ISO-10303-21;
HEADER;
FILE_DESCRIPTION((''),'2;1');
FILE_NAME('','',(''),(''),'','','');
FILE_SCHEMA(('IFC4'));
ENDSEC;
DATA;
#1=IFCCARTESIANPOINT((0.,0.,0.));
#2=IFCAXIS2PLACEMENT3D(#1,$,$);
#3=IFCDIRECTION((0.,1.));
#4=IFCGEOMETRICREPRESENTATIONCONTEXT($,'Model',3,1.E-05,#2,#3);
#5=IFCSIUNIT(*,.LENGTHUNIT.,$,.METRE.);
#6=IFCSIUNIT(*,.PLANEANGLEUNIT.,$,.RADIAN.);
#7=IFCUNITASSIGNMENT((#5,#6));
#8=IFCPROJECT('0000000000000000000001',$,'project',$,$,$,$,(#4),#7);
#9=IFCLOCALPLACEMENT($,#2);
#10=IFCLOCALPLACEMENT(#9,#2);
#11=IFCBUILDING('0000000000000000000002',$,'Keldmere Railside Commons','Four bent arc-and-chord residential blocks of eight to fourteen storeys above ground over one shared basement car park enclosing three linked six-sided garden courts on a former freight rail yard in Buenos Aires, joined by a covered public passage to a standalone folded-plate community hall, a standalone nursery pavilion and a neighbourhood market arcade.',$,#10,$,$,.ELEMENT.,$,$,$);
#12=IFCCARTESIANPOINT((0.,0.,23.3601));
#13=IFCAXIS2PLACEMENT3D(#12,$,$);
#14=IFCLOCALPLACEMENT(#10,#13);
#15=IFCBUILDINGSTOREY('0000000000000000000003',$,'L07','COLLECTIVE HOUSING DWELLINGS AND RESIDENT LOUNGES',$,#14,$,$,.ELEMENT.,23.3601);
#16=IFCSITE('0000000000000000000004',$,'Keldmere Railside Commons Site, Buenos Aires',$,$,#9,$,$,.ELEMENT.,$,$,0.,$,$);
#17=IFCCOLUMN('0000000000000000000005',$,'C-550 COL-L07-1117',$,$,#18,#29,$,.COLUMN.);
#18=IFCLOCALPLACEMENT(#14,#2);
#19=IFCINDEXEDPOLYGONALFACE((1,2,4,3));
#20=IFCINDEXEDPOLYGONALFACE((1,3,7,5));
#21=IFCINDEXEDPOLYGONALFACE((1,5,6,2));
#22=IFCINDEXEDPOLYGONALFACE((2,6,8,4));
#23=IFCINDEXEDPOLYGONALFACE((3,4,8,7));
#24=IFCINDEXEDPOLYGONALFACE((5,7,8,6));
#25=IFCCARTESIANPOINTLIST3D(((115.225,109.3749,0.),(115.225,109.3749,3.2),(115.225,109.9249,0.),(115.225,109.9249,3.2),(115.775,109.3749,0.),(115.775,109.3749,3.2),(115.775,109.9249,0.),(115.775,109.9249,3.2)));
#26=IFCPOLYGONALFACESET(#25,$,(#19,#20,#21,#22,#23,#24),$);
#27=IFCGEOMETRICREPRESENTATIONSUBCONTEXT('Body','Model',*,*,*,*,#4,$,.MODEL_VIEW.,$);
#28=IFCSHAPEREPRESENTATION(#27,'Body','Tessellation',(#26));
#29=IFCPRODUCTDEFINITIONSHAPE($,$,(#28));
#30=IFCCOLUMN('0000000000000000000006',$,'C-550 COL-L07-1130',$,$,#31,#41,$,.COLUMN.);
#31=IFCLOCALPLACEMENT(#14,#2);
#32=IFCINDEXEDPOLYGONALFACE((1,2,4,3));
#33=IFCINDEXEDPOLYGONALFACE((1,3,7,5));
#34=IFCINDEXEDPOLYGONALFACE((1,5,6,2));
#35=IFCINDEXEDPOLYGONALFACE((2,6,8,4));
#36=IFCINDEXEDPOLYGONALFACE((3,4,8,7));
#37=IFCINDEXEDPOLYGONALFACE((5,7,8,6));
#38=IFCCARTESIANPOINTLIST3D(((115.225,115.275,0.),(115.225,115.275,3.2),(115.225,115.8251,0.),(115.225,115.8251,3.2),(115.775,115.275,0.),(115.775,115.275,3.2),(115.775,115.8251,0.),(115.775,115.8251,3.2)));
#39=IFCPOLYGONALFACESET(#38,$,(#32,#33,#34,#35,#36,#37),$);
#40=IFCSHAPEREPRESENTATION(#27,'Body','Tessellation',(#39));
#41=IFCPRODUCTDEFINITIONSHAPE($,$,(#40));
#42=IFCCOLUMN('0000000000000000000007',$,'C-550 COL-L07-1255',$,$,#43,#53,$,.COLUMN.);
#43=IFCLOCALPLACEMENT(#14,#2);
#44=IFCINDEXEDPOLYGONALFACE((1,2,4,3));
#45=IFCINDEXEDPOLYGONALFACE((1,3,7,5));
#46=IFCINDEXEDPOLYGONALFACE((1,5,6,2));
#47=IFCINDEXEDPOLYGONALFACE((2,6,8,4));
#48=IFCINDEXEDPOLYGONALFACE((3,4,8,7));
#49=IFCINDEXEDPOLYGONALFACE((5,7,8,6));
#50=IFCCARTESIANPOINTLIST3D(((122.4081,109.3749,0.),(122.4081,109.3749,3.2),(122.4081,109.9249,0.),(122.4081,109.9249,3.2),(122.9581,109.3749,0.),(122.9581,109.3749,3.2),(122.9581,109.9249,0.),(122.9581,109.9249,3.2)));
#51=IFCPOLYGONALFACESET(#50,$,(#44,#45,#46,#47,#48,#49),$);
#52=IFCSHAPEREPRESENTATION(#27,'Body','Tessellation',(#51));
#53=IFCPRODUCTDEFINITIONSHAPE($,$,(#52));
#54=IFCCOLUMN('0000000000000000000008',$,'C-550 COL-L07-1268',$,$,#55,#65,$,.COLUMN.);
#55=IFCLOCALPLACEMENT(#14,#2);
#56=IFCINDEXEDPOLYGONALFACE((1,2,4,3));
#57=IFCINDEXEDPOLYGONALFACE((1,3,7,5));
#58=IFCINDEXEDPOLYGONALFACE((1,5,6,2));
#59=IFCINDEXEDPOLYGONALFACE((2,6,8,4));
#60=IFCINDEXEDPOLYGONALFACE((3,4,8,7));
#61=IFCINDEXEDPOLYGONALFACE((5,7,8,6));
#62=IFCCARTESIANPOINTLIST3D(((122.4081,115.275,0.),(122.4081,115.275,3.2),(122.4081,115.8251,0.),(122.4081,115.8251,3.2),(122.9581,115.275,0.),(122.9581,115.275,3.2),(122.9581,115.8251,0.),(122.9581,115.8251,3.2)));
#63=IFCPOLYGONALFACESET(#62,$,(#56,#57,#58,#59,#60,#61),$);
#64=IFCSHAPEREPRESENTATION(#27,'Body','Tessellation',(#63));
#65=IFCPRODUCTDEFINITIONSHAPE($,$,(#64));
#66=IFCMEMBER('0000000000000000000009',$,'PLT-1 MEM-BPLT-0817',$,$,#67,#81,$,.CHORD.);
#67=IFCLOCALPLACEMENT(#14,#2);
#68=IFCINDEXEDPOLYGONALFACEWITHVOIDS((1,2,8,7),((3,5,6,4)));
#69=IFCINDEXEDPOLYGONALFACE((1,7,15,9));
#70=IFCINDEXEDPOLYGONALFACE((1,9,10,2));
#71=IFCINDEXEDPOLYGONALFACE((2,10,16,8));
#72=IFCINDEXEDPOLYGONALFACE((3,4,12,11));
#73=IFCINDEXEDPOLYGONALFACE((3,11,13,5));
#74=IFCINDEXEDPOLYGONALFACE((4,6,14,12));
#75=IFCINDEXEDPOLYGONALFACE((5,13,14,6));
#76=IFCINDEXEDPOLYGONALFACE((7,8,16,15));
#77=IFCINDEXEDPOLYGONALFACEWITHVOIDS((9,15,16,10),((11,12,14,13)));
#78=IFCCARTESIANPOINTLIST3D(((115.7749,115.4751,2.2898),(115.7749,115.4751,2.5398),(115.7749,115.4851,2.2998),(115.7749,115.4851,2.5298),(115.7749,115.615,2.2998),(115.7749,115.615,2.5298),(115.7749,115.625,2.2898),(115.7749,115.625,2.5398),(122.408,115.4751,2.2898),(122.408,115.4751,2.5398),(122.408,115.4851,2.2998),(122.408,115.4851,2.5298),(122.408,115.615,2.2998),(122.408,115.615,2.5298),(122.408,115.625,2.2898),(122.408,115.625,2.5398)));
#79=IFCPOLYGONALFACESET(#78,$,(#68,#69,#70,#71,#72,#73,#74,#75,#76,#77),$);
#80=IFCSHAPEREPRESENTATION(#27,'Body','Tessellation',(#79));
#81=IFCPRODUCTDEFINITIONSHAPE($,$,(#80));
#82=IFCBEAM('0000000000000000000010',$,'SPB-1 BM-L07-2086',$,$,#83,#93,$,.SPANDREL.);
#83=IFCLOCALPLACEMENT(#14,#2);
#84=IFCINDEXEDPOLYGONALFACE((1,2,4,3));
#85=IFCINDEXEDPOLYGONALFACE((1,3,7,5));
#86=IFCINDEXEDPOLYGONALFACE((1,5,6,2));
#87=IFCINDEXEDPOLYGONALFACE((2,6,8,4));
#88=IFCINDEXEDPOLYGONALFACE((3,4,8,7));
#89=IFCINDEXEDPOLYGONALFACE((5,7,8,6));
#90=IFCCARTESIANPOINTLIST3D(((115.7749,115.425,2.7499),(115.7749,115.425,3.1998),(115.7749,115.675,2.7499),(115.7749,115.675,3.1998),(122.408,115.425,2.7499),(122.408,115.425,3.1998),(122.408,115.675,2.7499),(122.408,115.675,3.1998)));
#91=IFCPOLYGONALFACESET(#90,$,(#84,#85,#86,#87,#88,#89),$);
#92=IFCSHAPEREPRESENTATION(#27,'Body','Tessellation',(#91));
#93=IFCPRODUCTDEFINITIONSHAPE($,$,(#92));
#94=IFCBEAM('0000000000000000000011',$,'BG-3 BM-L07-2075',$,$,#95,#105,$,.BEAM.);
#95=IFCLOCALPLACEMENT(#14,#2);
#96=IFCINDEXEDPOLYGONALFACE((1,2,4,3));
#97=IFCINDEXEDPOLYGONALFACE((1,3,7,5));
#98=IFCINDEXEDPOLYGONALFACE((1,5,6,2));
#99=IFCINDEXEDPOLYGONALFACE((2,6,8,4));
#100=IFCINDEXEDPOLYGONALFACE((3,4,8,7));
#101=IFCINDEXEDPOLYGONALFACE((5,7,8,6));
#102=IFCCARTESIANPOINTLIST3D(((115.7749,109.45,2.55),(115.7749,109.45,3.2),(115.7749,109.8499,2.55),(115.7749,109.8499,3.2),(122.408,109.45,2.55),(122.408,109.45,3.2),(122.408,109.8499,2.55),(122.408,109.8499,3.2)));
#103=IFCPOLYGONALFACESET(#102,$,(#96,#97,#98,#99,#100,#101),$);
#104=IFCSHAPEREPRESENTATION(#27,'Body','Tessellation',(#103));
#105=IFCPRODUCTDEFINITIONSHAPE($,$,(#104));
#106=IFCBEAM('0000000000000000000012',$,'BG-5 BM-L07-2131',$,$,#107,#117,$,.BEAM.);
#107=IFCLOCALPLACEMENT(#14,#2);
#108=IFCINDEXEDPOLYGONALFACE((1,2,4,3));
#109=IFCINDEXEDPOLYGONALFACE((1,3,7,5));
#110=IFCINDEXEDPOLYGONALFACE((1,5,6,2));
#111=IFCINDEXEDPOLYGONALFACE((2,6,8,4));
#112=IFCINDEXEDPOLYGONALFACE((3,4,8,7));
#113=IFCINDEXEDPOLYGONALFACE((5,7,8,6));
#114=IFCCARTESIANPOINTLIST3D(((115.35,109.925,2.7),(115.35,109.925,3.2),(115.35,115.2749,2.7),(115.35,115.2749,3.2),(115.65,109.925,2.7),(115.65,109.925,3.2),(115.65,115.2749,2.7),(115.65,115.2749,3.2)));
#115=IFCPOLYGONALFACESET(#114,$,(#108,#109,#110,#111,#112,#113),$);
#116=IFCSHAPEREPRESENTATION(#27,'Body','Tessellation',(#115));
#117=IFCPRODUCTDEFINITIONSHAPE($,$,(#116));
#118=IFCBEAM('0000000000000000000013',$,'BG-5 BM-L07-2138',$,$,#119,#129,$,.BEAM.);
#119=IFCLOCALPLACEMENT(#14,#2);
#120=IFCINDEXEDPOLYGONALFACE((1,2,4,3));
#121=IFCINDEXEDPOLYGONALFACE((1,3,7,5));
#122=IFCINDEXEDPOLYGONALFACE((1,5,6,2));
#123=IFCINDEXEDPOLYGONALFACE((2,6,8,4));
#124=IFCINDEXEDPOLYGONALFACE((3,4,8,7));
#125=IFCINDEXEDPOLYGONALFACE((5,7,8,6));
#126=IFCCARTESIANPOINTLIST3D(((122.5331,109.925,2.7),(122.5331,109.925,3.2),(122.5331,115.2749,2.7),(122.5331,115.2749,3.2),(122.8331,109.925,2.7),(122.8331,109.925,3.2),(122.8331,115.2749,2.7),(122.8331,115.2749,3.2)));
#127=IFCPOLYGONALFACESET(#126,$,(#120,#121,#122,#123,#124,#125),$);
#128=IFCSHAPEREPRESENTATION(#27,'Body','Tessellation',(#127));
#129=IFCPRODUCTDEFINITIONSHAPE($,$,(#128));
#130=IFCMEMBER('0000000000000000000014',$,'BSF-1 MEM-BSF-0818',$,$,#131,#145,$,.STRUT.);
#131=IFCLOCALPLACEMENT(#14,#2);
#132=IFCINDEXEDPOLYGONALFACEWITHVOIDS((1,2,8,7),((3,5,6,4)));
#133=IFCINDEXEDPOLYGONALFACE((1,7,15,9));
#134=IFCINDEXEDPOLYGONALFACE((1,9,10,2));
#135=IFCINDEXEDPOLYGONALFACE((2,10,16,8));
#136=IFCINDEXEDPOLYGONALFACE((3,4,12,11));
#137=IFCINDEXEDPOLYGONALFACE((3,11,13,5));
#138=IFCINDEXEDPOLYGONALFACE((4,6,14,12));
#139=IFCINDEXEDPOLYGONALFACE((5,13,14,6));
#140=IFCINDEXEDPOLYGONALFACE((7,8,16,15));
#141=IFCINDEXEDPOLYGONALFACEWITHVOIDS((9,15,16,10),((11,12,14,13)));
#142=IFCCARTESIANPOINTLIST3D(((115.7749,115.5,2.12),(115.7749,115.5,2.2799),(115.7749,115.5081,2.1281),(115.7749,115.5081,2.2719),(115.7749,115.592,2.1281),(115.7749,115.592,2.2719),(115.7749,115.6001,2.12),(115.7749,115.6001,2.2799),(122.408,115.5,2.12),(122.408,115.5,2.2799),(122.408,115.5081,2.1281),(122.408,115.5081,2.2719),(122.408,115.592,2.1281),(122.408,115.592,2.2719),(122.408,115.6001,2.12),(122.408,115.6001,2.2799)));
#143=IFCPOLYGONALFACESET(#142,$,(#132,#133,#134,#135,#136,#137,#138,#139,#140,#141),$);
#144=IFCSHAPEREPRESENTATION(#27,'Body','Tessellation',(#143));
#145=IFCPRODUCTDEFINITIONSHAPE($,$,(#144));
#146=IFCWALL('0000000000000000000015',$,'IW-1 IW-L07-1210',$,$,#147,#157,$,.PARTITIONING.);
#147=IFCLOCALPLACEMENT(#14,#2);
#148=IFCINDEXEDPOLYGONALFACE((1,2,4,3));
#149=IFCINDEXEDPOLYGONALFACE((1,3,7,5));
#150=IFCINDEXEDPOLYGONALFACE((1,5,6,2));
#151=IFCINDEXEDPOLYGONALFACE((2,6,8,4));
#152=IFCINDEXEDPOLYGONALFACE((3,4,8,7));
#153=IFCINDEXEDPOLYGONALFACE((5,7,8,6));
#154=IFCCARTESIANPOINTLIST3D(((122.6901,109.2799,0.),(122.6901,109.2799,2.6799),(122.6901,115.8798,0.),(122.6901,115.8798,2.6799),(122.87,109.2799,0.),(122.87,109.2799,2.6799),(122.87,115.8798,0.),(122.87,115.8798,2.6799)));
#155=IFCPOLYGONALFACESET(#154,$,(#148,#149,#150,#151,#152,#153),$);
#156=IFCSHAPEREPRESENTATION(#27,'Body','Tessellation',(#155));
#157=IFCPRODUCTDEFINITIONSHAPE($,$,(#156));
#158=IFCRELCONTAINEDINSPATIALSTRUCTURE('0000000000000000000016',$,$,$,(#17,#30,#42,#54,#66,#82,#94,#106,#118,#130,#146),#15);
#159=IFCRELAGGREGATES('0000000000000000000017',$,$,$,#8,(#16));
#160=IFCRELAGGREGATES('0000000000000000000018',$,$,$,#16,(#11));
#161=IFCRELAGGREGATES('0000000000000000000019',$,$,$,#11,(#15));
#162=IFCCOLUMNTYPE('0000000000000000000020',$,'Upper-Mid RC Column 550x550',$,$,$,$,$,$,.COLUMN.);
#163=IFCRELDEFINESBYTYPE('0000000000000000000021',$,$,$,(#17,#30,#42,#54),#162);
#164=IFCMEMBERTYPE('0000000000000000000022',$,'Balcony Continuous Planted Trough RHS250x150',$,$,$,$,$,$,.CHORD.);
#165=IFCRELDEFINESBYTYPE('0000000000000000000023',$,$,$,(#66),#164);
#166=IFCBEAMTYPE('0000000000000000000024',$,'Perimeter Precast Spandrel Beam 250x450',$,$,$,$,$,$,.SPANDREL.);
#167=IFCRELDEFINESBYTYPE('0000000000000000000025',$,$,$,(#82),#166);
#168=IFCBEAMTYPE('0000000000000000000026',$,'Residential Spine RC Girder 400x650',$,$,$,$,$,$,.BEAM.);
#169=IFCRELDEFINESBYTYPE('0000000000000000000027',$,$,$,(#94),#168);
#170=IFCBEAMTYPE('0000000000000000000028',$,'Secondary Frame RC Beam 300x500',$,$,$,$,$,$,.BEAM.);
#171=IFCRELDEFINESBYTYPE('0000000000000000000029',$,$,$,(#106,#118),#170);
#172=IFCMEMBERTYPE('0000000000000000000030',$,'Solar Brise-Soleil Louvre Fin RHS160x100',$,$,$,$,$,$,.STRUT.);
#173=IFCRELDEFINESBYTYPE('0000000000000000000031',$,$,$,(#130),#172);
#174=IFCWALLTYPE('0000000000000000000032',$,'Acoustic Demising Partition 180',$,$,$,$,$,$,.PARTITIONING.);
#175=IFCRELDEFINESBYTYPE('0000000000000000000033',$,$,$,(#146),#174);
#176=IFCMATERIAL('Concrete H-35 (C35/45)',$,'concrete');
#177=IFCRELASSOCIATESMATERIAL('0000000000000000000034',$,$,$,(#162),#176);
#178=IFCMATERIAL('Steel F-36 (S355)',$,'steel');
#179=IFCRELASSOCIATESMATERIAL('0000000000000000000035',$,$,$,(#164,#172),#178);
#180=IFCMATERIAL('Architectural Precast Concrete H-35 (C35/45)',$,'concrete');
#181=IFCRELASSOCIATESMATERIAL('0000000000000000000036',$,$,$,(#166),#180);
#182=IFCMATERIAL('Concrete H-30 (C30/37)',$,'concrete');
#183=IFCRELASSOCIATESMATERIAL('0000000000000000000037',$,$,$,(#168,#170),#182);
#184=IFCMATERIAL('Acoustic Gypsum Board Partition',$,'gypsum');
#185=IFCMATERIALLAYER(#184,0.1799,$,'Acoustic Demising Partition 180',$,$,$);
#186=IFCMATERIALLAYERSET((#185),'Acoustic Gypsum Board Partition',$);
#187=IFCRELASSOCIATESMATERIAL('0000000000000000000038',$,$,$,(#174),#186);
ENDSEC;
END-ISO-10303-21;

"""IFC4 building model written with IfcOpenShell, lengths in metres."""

from ifc_helpers import new_model, si_unit, direction, frame, frame_2d, origin, origin_2d, place, context, subcontext, project, spatial, rectangle, hollow_rectangle, extrude, material, layer, layer_set, material_profile, profile_set, type_object, element, save


model = new_model("IFC4")

# Units and contexts
model_context = context("Model", 3, precision=1e-05, world=origin(), true_north=direction((0.0, 1.0)))
body_context = subcontext(model_context, "Body", "Model", "MODEL_VIEW")
ifc_project = project(units=[si_unit("LENGTHUNIT", "METRE"), si_unit("PLANEANGLEUNIT", "RADIAN")], contexts=[model_context])

# Site, building, storey
site_placement = place(None, origin())
site = spatial("IfcSite", under=ifc_project, at=site_placement, Name="Keldmere Railside Commons Site, Buenos Aires", CompositionType="ELEMENT", RefElevation=0.0)
building_placement = place(site_placement, origin())
building = spatial("IfcBuilding", under=site, at=building_placement, Name="Keldmere Railside Commons", Description="Four bent arc-and-chord residential blocks of eight to fourteen storeys above ground over one shared basement car park enclosing three linked six-sided garden courts on a former freight rail yard in Buenos Aires, joined by a covered public passage to a standalone folded-plate community hall, a standalone nursery pavilion and a neighbourhood market arcade.", CompositionType="ELEMENT")
storey_placement = place(building_placement, frame((0.0, 0.0, 23.3601)))
storey = spatial("IfcBuildingStorey", under=building, at=storey_placement, Name="L07", Description="COLLECTIVE HOUSING DWELLINGS AND RESIDENT LOUNGES", CompositionType="ELEMENT", Elevation=23.3601)

# Columns
ifc_material_1 = material(Name="Concrete H-35 (C35/45)", Category="concrete")
ifc_material_profile_1 = material_profile(ifc_material_1, rectangle(XDim=0.55, YDim=0.55, at=origin_2d()), Name="RC-550x550")
ifc_profile_set_1 = profile_set([ifc_material_profile_1], Name="Concrete H-35 (C35/45)")
column_type = type_object("IfcColumnType", Name="Upper-Mid RC Column 550x550", PredefinedType="COLUMN", material=ifc_profile_set_1)
for number, where, z_axis, x_axis, name in (
    (1, (115.5, 109.6499, 0.0), (0.0, 0.0, 1.0), (1.0, 0.0, 0.0), "C-550 COL-L07-1117"),
    (2, (115.5, 115.55, 0.0), (0.0, 0.0, 1.0), (1.0, 0.0, 0.0), "C-550 COL-L07-1130"),
    (3, (122.6831, 109.6499, 0.0), (0.0, 0.0, 1.0), (1.0, 0.0, 0.0), "C-550 COL-L07-1255"),
    (4, (122.6831, 115.55, 0.0), (0.0, 0.0, 1.0), (1.0, 0.0, 0.0), "C-550 COL-L07-1268"),
):
    element("IfcColumn", number, at=place(storey_placement, frame(where, z_axis=z_axis, x_axis=x_axis)), inside=storey, type_object=column_type, Name=name, PredefinedType="COLUMN", context=body_context, shape_type="SweptSolid", body=[
        extrude(rectangle(XDim=0.55, YDim=0.55, at=origin_2d()), origin(), (0.0, 0.0, 1.0), 3.2),
    ])

# Member
ifc_material_2 = material(Name="Steel F-36 (S355)", Category="steel")
ifc_material_profile_2 = material_profile(ifc_material_2, hollow_rectangle(XDim=0.1499, YDim=0.25, WallThickness=0.01, at=origin_2d()), Name="RHS-250x150x10")
ifc_profile_set_2 = profile_set([ifc_material_profile_2], Name="Steel F-36 (S355)")
member_type_1 = type_object("IfcMemberType", Name="Balcony Continuous Planted Trough RHS250x150", PredefinedType="CHORD", material=ifc_profile_set_2)
member_1_placement = place(storey_placement, frame((115.7749, 115.55, 2.4148), z_axis=(1.0, 0.0, 0.0), x_axis=(0.0, 1.0, 0.0)))
element("IfcMember", 5, at=member_1_placement, inside=storey, type_object=member_type_1, Name="PLT-1 MEM-BPLT-0817", PredefinedType="CHORD", context=body_context, shape_type="SweptSolid", body=[
    extrude(hollow_rectangle(XDim=0.1499, YDim=0.25, WallThickness=0.01, at=origin_2d()), origin(), (0.0, 0.0, 1.0), 6.6331),
])

# Beams
ifc_material_3 = material(Name="Architectural Precast Concrete H-35 (C35/45)", Category="concrete")
ifc_material_profile_3 = material_profile(ifc_material_3, rectangle(XDim=0.25, YDim=0.45, at=origin_2d()), Name="RC-250x450")
ifc_profile_set_3 = profile_set([ifc_material_profile_3], Name="Architectural Precast Concrete H-35 (C35/45)")
beam_type_1 = type_object("IfcBeamType", Name="Perimeter Precast Spandrel Beam 250x450", PredefinedType="SPANDREL", material=ifc_profile_set_3)
beam_1_placement = place(storey_placement, frame((115.7749, 115.55, 2.9749), z_axis=(1.0, 0.0, 0.0), x_axis=(0.0, 1.0, 0.0)))
element("IfcBeam", 6, at=beam_1_placement, inside=storey, type_object=beam_type_1, Name="SPB-1 BM-L07-2086", PredefinedType="SPANDREL", context=body_context, shape_type="SweptSolid", body=[
    extrude(rectangle(XDim=0.25, YDim=0.45, at=origin_2d()), origin(), (0.0, 0.0, 1.0), 6.6331),
])
ifc_material_4 = material(Name="Concrete H-30 (C30/37)", Category="concrete")
ifc_material_profile_4 = material_profile(ifc_material_4, rectangle(XDim=0.3999, YDim=0.6499, at=origin_2d()), Name="RC-400x650")
ifc_profile_set_4 = profile_set([ifc_material_profile_4], Name="Concrete H-30 (C30/37)")
beam_type_2 = type_object("IfcBeamType", Name="Residential Spine RC Girder 400x650", PredefinedType="BEAM", material=ifc_profile_set_4)
beam_2_placement = place(storey_placement, frame((115.7749, 109.6499, 2.875), z_axis=(1.0, 0.0, 0.0), x_axis=(0.0, 1.0, 0.0)))
element("IfcBeam", 7, at=beam_2_placement, inside=storey, type_object=beam_type_2, Name="BG-3 BM-L07-2075", PredefinedType="BEAM", context=body_context, shape_type="SweptSolid", body=[
    extrude(rectangle(XDim=0.3999, YDim=0.6499, at=origin_2d()), origin(), (0.0, 0.0, 1.0), 6.6331),
])
ifc_material_profile_5 = material_profile(ifc_material_4, rectangle(XDim=0.3, YDim=0.5, at=origin_2d()), Name="RC-300x500")
ifc_profile_set_5 = profile_set([ifc_material_profile_5], Name="Concrete H-30 (C30/37)")
beam_type_3 = type_object("IfcBeamType", Name="Secondary Frame RC Beam 300x500", PredefinedType="BEAM", material=ifc_profile_set_5)
for number, where, z_axis, x_axis, name in (
    (8, (115.5, 109.925, 2.95), (0.0, 1.0, 0.0), (-1.0, 0.0, 0.0), "BG-5 BM-L07-2131"),
    (9, (122.6831, 109.925, 2.95), (0.0, 1.0, 0.0), (-1.0, 0.0, 0.0), "BG-5 BM-L07-2138"),
):
    element("IfcBeam", number, at=place(storey_placement, frame(where, z_axis=z_axis, x_axis=x_axis)), inside=storey, type_object=beam_type_3, Name=name, PredefinedType="BEAM", context=body_context, shape_type="SweptSolid", body=[
        extrude(rectangle(XDim=0.3, YDim=0.5, at=origin_2d()), origin(), (0.0, 0.0, 1.0), 5.3499),
    ])

# Member
ifc_material_profile_6 = material_profile(ifc_material_2, hollow_rectangle(XDim=0.1001, YDim=0.1599, WallThickness=0.0081, at=origin_2d()), Name="RHS-160x100x8")
ifc_profile_set_6 = profile_set([ifc_material_profile_6], Name="Steel F-36 (S355)")
member_type_2 = type_object("IfcMemberType", Name="Solar Brise-Soleil Louvre Fin RHS160x100", PredefinedType="STRUT", material=ifc_profile_set_6)
member_2_placement = place(storey_placement, frame((115.7749, 115.55, 2.2), z_axis=(1.0, 0.0, 0.0), x_axis=(0.0, 1.0, 0.0)))
element("IfcMember", 10, at=member_2_placement, inside=storey, type_object=member_type_2, Name="BSF-1 MEM-BSF-0818", PredefinedType="STRUT", context=body_context, shape_type="SweptSolid", body=[
    extrude(hollow_rectangle(XDim=0.1001, YDim=0.1599, WallThickness=0.0081, at=origin_2d()), origin(), (0.0, 0.0, 1.0), 6.6331),
])

# Wall
ifc_material_5 = material(Name="Acoustic Gypsum Board Partition", Category="gypsum")
ifc_layer_1 = layer(ifc_material_5, 0.1799, Name="Acoustic Demising Partition 180")
ifc_layer_set_1 = layer_set([ifc_layer_1], Name="Acoustic Gypsum Board Partition")
wall_type_1 = type_object("IfcWallType", Name="Acoustic Demising Partition 180", PredefinedType="PARTITIONING", material=ifc_layer_set_1)
wall_1_placement = place(storey_placement, frame((122.78, 109.28, 0.0), z_axis=(0.0, 0.0, 1.0), x_axis=(0.0, 1.0, 0.0)))
element("IfcWall", 11, at=wall_1_placement, inside=storey, type_object=wall_type_1, Name="IW-1 IW-L07-1210", PredefinedType="PARTITIONING", context=body_context, shape_type="SweptSolid", body=[
    extrude(rectangle(XDim=6.5999, YDim=0.1799, at=frame_2d((3.2998, 0.0))), origin(), (0.0, 0.0, 1.0), 2.6799),
])

save(model, "model.ifc")
